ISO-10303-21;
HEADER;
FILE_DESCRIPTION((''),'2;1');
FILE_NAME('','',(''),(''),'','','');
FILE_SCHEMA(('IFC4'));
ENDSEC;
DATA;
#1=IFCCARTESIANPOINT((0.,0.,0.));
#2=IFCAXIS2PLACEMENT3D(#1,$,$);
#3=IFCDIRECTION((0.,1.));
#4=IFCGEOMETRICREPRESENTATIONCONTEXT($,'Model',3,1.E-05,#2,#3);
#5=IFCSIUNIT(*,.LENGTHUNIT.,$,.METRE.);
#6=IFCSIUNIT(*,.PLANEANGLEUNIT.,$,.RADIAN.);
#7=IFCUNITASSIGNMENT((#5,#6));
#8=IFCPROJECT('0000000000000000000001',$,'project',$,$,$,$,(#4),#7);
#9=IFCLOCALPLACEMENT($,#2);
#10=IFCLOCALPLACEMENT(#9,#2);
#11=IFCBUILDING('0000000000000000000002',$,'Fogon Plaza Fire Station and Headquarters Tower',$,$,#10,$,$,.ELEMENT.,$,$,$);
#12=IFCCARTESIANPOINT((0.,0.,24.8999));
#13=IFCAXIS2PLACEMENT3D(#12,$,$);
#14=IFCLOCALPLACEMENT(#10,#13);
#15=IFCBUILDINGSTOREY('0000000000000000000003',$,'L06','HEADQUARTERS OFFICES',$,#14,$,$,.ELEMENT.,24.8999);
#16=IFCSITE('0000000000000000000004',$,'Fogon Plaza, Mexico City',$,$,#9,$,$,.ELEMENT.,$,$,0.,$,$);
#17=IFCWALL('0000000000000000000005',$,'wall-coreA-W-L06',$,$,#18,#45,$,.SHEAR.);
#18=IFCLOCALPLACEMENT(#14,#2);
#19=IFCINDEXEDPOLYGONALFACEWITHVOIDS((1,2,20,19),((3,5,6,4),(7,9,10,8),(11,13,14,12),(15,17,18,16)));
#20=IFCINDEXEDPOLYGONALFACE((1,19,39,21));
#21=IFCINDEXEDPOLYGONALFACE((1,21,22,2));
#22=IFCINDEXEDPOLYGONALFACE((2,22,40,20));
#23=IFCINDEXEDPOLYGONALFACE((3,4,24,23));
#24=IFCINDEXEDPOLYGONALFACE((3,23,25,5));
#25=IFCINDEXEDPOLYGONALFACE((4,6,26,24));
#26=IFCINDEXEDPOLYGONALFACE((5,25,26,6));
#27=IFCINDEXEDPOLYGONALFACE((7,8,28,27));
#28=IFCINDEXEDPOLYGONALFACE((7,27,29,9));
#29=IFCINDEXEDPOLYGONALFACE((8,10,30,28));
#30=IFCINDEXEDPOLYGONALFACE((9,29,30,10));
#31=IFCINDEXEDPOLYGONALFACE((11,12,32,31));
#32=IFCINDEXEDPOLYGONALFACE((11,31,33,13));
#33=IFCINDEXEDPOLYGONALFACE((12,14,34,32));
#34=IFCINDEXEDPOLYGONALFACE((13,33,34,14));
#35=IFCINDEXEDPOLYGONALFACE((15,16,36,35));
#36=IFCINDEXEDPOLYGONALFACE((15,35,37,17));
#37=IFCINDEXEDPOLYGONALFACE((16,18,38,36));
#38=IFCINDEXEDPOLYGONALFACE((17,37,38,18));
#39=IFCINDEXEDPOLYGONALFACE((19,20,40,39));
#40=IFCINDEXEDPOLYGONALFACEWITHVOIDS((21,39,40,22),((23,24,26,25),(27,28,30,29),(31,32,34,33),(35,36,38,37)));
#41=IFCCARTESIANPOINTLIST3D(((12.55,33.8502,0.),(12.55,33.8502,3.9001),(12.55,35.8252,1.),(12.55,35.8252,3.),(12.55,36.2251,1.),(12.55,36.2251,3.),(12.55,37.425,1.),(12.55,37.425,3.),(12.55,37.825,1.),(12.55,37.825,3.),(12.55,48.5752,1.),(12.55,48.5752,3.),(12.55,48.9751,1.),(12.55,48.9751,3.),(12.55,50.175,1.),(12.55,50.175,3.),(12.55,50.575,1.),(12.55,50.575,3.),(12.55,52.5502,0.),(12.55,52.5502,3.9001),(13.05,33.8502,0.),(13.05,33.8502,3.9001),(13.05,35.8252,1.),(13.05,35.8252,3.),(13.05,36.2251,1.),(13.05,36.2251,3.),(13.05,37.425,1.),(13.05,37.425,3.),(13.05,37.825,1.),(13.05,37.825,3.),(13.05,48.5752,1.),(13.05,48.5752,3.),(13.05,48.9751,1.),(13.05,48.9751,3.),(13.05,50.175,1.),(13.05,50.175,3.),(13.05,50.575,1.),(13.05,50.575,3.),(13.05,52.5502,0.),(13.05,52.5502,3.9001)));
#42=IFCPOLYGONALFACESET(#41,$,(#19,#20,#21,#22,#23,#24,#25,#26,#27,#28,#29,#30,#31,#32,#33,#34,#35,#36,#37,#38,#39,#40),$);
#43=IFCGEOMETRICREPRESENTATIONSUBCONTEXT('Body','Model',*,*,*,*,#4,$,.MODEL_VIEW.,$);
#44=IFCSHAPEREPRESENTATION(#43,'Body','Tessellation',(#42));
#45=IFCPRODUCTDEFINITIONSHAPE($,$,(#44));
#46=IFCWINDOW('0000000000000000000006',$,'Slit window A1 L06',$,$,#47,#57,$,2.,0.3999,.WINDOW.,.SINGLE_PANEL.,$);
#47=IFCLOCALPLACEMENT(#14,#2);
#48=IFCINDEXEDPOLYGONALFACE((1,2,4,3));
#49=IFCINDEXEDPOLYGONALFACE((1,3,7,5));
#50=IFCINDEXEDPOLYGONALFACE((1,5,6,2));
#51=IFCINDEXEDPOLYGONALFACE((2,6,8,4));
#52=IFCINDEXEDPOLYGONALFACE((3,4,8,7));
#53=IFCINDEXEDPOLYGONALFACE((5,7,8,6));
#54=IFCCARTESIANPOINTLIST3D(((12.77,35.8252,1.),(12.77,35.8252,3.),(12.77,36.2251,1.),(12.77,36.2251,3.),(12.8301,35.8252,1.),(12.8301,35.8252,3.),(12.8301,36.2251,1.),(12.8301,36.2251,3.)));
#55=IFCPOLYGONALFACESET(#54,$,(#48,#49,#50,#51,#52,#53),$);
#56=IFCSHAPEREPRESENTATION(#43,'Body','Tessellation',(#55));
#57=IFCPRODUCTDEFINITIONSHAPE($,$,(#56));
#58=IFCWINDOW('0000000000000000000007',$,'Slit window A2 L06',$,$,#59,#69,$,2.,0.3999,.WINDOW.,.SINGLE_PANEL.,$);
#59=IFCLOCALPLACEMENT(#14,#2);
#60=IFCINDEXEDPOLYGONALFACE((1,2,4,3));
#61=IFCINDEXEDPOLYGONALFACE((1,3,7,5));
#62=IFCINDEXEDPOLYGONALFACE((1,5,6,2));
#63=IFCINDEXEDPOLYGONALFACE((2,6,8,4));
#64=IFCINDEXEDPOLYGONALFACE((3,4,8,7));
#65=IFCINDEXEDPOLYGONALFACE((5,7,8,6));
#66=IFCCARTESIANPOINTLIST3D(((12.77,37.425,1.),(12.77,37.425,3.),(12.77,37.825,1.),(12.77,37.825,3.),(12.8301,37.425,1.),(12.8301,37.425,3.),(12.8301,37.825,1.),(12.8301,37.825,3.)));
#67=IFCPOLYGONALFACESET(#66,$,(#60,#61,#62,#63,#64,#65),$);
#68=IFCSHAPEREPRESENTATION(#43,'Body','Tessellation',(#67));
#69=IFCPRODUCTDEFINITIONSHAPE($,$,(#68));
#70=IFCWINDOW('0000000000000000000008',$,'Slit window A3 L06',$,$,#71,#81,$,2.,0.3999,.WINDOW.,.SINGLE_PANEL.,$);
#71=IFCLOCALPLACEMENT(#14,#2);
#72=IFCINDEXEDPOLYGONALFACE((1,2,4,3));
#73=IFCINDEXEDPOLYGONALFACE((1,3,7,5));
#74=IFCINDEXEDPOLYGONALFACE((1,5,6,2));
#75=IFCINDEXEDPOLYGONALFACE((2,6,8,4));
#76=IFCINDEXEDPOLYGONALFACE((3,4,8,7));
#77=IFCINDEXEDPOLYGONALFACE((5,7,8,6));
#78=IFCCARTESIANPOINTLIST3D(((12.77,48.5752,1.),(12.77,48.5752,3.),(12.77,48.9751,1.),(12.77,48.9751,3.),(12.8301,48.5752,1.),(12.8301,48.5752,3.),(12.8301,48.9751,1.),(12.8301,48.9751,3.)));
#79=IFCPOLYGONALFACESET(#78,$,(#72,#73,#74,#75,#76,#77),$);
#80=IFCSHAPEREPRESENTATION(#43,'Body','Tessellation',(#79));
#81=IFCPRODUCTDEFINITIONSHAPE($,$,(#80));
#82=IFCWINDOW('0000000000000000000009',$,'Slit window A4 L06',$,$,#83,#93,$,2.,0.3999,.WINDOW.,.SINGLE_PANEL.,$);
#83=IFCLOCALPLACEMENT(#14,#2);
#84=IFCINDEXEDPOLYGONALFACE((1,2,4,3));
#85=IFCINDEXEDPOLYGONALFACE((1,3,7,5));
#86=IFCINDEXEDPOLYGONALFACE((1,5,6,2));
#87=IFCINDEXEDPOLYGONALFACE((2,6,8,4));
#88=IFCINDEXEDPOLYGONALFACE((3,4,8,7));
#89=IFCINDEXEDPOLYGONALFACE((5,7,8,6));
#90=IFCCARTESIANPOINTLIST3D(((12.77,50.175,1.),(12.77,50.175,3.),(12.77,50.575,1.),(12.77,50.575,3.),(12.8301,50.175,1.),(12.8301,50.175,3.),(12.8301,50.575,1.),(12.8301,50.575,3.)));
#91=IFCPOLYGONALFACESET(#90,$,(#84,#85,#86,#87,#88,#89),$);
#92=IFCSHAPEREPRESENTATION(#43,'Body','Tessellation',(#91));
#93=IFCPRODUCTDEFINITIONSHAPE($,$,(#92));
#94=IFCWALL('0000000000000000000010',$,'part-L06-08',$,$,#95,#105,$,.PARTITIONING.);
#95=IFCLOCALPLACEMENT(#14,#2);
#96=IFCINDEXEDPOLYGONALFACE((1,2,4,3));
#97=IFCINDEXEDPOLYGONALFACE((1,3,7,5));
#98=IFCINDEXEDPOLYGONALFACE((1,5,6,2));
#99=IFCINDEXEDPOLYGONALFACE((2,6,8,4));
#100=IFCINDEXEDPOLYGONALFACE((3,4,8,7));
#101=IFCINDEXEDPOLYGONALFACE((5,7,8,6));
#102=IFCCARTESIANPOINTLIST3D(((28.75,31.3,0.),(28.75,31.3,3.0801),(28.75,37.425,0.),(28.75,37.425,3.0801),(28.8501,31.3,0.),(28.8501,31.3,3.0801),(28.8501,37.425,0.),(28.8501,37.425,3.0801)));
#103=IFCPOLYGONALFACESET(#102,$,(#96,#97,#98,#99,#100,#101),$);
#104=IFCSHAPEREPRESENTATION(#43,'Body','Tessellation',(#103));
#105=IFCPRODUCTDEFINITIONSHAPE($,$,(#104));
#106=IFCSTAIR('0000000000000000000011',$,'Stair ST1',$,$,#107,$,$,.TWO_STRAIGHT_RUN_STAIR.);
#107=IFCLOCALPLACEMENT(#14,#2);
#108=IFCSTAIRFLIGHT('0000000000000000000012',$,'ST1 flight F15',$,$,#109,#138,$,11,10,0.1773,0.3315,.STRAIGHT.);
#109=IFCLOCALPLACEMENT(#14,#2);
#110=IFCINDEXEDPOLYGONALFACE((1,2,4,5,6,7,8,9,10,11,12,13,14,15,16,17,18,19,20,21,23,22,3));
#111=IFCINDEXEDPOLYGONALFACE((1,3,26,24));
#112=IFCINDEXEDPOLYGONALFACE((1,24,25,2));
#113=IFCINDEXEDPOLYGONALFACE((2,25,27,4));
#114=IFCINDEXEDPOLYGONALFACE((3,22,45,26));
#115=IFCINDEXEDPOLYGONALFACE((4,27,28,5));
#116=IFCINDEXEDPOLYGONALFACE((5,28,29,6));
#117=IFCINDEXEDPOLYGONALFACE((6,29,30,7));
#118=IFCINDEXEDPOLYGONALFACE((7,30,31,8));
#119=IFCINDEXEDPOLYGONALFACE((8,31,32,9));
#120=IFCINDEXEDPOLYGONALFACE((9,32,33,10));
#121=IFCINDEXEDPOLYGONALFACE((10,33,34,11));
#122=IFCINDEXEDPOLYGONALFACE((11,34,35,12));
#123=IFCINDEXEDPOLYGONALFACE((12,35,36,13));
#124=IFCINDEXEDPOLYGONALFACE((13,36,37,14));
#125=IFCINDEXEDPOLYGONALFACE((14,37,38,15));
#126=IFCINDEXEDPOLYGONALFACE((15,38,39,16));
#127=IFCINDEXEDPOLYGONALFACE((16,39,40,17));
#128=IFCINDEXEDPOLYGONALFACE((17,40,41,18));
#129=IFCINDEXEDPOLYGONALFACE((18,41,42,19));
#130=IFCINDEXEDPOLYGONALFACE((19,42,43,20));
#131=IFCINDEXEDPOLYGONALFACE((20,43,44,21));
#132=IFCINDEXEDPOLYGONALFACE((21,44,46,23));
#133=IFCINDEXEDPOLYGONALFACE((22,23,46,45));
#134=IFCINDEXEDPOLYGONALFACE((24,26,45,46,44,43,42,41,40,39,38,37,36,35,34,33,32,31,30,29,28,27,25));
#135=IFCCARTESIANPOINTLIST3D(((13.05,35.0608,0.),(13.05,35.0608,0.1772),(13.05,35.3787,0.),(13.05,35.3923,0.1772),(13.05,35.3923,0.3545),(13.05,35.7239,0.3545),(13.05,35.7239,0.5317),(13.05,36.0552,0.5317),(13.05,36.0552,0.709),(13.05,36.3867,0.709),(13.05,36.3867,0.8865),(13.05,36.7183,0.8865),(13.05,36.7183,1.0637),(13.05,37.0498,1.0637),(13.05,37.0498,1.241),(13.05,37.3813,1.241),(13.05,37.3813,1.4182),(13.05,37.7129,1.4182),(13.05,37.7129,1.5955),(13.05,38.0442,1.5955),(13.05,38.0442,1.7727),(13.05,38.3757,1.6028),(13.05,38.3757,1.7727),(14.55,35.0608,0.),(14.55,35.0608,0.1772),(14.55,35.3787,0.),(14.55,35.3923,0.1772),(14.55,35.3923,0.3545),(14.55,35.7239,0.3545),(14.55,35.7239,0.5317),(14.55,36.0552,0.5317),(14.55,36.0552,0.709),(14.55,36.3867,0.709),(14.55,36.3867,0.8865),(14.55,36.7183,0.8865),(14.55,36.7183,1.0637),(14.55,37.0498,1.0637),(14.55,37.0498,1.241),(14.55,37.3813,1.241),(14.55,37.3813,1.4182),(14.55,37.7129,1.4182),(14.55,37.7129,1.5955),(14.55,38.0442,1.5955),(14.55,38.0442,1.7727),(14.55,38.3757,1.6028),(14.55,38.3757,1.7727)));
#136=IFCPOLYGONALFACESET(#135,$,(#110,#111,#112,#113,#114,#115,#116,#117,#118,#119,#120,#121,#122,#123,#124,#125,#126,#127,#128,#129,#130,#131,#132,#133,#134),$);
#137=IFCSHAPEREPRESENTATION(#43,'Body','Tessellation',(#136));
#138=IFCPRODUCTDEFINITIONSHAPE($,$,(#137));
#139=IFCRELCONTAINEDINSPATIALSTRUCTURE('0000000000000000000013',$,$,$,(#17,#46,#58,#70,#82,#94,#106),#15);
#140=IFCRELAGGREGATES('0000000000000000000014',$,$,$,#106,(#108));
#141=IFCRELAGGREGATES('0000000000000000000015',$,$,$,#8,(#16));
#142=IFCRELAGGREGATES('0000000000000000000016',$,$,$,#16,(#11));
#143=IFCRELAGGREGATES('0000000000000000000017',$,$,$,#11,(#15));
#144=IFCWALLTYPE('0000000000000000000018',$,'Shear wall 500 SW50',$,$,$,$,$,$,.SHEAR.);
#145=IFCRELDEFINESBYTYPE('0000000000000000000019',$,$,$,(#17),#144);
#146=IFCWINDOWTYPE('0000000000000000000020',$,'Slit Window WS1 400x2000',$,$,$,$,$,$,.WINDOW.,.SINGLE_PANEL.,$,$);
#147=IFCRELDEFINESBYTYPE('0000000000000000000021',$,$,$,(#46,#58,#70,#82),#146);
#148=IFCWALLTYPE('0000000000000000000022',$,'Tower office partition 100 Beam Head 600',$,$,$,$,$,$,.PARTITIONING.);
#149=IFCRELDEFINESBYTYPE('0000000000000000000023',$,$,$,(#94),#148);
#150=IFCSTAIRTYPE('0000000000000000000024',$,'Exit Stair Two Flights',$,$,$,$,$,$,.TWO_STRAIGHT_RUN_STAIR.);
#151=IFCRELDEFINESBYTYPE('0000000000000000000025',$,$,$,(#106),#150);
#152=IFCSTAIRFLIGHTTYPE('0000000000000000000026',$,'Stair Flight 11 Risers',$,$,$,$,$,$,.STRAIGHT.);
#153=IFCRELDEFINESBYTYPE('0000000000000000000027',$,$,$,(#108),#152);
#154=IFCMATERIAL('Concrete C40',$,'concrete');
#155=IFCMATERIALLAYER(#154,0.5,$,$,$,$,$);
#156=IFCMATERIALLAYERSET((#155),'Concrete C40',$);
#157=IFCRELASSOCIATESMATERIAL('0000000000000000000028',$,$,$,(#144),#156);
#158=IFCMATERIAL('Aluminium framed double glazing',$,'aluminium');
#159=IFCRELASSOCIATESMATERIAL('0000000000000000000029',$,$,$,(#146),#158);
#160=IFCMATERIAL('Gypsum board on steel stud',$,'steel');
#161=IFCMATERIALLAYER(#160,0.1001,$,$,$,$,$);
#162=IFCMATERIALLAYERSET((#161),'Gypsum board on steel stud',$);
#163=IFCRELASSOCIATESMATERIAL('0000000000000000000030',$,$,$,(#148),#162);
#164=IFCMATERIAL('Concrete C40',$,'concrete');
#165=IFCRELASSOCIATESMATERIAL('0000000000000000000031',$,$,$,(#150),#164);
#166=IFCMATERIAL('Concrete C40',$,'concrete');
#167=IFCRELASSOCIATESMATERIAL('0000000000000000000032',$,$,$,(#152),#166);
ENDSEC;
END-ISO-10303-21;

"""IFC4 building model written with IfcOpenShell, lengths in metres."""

from ifc_helpers import new_model, si_unit, direction, frame, frame_2d, origin, place, context, subcontext, project, spatial, polyline, rectangle, outline, extrude, material, layer, layer_set, type_object, element, fill, aggregate, save


model = new_model("IFC4")

# Units and contexts
model_context = context("Model", 3, precision=1e-05, world=origin(), true_north=direction((0.0, 1.0)))
body_context = subcontext(model_context, "Body", "Model", "MODEL_VIEW")
ifc_project = project(units=[si_unit("LENGTHUNIT", "METRE"), si_unit("PLANEANGLEUNIT", "RADIAN")], contexts=[model_context])

# Site, building, storey
site_placement = place(None, origin())
site = spatial("IfcSite", under=ifc_project, at=site_placement, Name="Fogon Plaza, Mexico City", CompositionType="ELEMENT", RefElevation=0.0)
building_placement = place(site_placement, origin())
building = spatial("IfcBuilding", under=site, at=building_placement, Name="Fogon Plaza Fire Station and Headquarters Tower", CompositionType="ELEMENT")
storey_placement = place(building_placement, frame((0.0, 0.0, 24.8999)))
storey = spatial("IfcBuildingStorey", under=building, at=storey_placement, Name="L06", Description="HEADQUARTERS OFFICES", CompositionType="ELEMENT", Elevation=24.8999)

# Shared definitions
ifc_material_1 = material(Name="Concrete C40", Category="concrete")
ifc_layer_1 = layer(ifc_material_1, 0.5)
ifc_layer_set_1 = layer_set([ifc_layer_1], Name="Concrete C40")
wall_type_1 = type_object("IfcWallType", Name="Shear wall 500 SW50", PredefinedType="SHEAR", material=ifc_layer_set_1)
ifc_material_2 = material(Name="Aluminium framed double glazing", Category="aluminium")
window_type = type_object("IfcWindowType", Name="Slit Window WS1 400x2000", PartitioningType="SINGLE_PANEL", PredefinedType="WINDOW", material=ifc_material_2)

# Wall, openings, windows
wall_1_placement = place(storey_placement, frame((12.8, 33.8501, 0.0), z_axis=(0.0, 0.0, 1.0), x_axis=(0.0, 1.0, 0.0)))
wall_1 = element("IfcWall", 1, at=wall_1_placement, inside=storey, type_object=wall_type_1, Name="wall-coreA-W-L06", PredefinedType="SHEAR", context=body_context, shape_type="SweptSolid", body=[
    extrude(rectangle(XDim=18.7, YDim=0.5, at=frame_2d((9.3501, 0.0))), origin(), (0.0, 0.0, 1.0), 3.9001),
])
opening_1_placement = place(wall_1_placement, frame((1.9751, 0.0, 1.0)))
opening_1 = element("IfcOpeningElement", 2, at=opening_1_placement, cuts=wall_1, PredefinedType="OPENING", context=body_context, shape_type="SweptSolid", body=[
    extrude(rectangle(XDim=0.3999, YDim=2.0, at=frame_2d((0.2, 1.0))), frame((0.0, 0.26, 0.0), z_axis=(0.0, -1.0, 0.0), x_axis=(1.0, 0.0, 0.0)), (0.0, 0.0, 1.0), 0.52),
])
opening_2_placement = place(wall_1_placement, frame((3.575, 0.0, 1.0)))
opening_2 = element("IfcOpeningElement", 3, at=opening_2_placement, cuts=wall_1, PredefinedType="OPENING", context=body_context, shape_type="SweptSolid", body=[
    extrude(rectangle(XDim=0.3999, YDim=2.0, at=frame_2d((0.2, 1.0))), frame((0.0, 0.26, 0.0), z_axis=(0.0, -1.0, 0.0), x_axis=(1.0, 0.0, 0.0)), (0.0, 0.0, 1.0), 0.52),
])
opening_3_placement = place(wall_1_placement, frame((14.7251, 0.0, 1.0)))
opening_3 = element("IfcOpeningElement", 4, at=opening_3_placement, cuts=wall_1, PredefinedType="OPENING", context=body_context, shape_type="SweptSolid", body=[
    extrude(rectangle(XDim=0.3999, YDim=2.0, at=frame_2d((0.2, 1.0))), frame((0.0, 0.26, 0.0), z_axis=(0.0, -1.0, 0.0), x_axis=(1.0, 0.0, 0.0)), (0.0, 0.0, 1.0), 0.52),
])
opening_4_placement = place(wall_1_placement, frame((16.325, 0.0, 1.0)))
opening_4 = element("IfcOpeningElement", 5, at=opening_4_placement, cuts=wall_1, PredefinedType="OPENING", context=body_context, shape_type="SweptSolid", body=[
    extrude(rectangle(XDim=0.3999, YDim=2.0, at=frame_2d((0.2, 1.0))), frame((0.0, 0.26, 0.0), z_axis=(0.0, -1.0, 0.0), x_axis=(1.0, 0.0, 0.0)), (0.0, 0.0, 1.0), 0.52),
])
window_1_placement = place(opening_1_placement, origin())
window_1 = element("IfcWindow", 6, at=window_1_placement, inside=storey, type_object=window_type, Name="Slit window A1 L06", OverallHeight=2.0, OverallWidth=0.3999, PartitioningType="SINGLE_PANEL", PredefinedType="WINDOW", context=body_context, shape_type="SweptSolid", body=[
    extrude(rectangle(XDim=0.3999, YDim=2.0, at=frame_2d((0.2, 1.0))), frame((0.0, 0.03, 0.0), z_axis=(0.0, -1.0, 0.0), x_axis=(1.0, 0.0, 0.0)), (0.0, 0.0, 1.0), 0.0601),
])
fill(opening_1, window_1)
window_2_placement = place(opening_2_placement, origin())
window_2 = element("IfcWindow", 7, at=window_2_placement, inside=storey, type_object=window_type, Name="Slit window A2 L06", OverallHeight=2.0, OverallWidth=0.3999, PartitioningType="SINGLE_PANEL", PredefinedType="WINDOW", context=body_context, shape_type="SweptSolid", body=[
    extrude(rectangle(XDim=0.3999, YDim=2.0, at=frame_2d((0.2, 1.0))), frame((0.0, 0.03, 0.0), z_axis=(0.0, -1.0, 0.0), x_axis=(1.0, 0.0, 0.0)), (0.0, 0.0, 1.0), 0.0601),
])
fill(opening_2, window_2)
window_3_placement = place(opening_3_placement, origin())
window_3 = element("IfcWindow", 8, at=window_3_placement, inside=storey, type_object=window_type, Name="Slit window A3 L06", OverallHeight=2.0, OverallWidth=0.3999, PartitioningType="SINGLE_PANEL", PredefinedType="WINDOW", context=body_context, shape_type="SweptSolid", body=[
    extrude(rectangle(XDim=0.3999, YDim=2.0, at=frame_2d((0.2, 1.0))), frame((0.0, 0.03, 0.0), z_axis=(0.0, -1.0, 0.0), x_axis=(1.0, 0.0, 0.0)), (0.0, 0.0, 1.0), 0.0601),
])
fill(opening_3, window_3)
window_4_placement = place(opening_4_placement, origin())
window_4 = element("IfcWindow", 9, at=window_4_placement, inside=storey, type_object=window_type, Name="Slit window A4 L06", OverallHeight=2.0, OverallWidth=0.3999, PartitioningType="SINGLE_PANEL", PredefinedType="WINDOW", context=body_context, shape_type="SweptSolid", body=[
    extrude(rectangle(XDim=0.3999, YDim=2.0, at=frame_2d((0.2, 1.0))), frame((0.0, 0.03, 0.0), z_axis=(0.0, -1.0, 0.0), x_axis=(1.0, 0.0, 0.0)), (0.0, 0.0, 1.0), 0.0601),
])
fill(opening_4, window_4)

# Wall
ifc_material_3 = material(Name="Gypsum board on steel stud", Category="steel")
ifc_layer_2 = layer(ifc_material_3, 0.1001)
ifc_layer_set_2 = layer_set([ifc_layer_2], Name="Gypsum board on steel stud")
wall_type_2 = type_object("IfcWallType", Name="Tower office partition 100 Beam Head 600", PredefinedType="PARTITIONING", material=ifc_layer_set_2)
wall_2_placement = place(storey_placement, frame((28.8, 31.3, 0.0), z_axis=(0.0, 0.0, 1.0), x_axis=(0.0, 1.0, 0.0)))
element("IfcWall", 10, at=wall_2_placement, inside=storey, type_object=wall_type_2, Name="part-L06-08", PredefinedType="PARTITIONING", context=body_context, shape_type="SweptSolid", body=[
    extrude(rectangle(XDim=6.125, YDim=0.1001, at=frame_2d((3.0625, 0.0))), origin(), (0.0, 0.0, 1.0), 3.0801),
])

# Stair, stair flight
ifc_material_4 = material(Name="Concrete C40", Category="concrete")
stair_type = type_object("IfcStairType", Name="Exit Stair Two Flights", PredefinedType="TWO_STRAIGHT_RUN_STAIR", material=ifc_material_4)
stair_placement = place(storey_placement, origin())
stair = element("IfcStair", 11, at=stair_placement, inside=storey, type_object=stair_type, Name="Stair ST1", PredefinedType="TWO_STRAIGHT_RUN_STAIR")
ifc_material_5 = material(Name="Concrete C40", Category="concrete")
stair_flight_type = type_object("IfcStairFlightType", Name="Stair Flight 11 Risers", PredefinedType="STRAIGHT", material=ifc_material_5)
stair_flight_placement = place(storey_placement, frame((13.8, 35.0608, 0.0), z_axis=(0.0, 0.0, 1.0), x_axis=(0.0, 1.0, 0.0)))
stair_flight = element("IfcStairFlight", 12, at=stair_flight_placement, type_object=stair_flight_type, Name="ST1 flight F15", NumberOfRisers=11, NumberOfTreads=10, PredefinedType="STRAIGHT", RiserHeight=0.1773, TreadLength=0.3315, context=body_context, shape_type="SweptSolid", body=[
    extrude(outline(polyline([(0.0, 0.0), (0.0, 0.1772), (0.3315, 0.1772), (0.3315, 0.3545), (0.6631, 0.3545), (0.6631, 0.5317), (0.9944, 0.5317), (0.9944, 0.709), (1.3259, 0.709), (1.3259, 0.8865), (1.6575, 0.8865), (1.6575, 1.0637), (1.989, 1.0637), (1.989, 1.241), (2.3206, 1.241), (2.3206, 1.4182), (2.6521, 1.4182), (2.6521, 1.5955), (2.9834, 1.5955), (2.9834, 1.7727), (3.3149, 1.7727), (3.3149, 1.95), (3.3149, 1.6028), (0.3179, 0.0), (0.0, 0.0)])), frame((0.0, 0.75, 0.0), z_axis=(0.0, -1.0, 0.0), x_axis=(1.0, 0.0, 0.0)), (0.0, 0.0, 1.0), 1.5),
])
aggregate(stair, [stair_flight])

save(model, "model.ifc")
